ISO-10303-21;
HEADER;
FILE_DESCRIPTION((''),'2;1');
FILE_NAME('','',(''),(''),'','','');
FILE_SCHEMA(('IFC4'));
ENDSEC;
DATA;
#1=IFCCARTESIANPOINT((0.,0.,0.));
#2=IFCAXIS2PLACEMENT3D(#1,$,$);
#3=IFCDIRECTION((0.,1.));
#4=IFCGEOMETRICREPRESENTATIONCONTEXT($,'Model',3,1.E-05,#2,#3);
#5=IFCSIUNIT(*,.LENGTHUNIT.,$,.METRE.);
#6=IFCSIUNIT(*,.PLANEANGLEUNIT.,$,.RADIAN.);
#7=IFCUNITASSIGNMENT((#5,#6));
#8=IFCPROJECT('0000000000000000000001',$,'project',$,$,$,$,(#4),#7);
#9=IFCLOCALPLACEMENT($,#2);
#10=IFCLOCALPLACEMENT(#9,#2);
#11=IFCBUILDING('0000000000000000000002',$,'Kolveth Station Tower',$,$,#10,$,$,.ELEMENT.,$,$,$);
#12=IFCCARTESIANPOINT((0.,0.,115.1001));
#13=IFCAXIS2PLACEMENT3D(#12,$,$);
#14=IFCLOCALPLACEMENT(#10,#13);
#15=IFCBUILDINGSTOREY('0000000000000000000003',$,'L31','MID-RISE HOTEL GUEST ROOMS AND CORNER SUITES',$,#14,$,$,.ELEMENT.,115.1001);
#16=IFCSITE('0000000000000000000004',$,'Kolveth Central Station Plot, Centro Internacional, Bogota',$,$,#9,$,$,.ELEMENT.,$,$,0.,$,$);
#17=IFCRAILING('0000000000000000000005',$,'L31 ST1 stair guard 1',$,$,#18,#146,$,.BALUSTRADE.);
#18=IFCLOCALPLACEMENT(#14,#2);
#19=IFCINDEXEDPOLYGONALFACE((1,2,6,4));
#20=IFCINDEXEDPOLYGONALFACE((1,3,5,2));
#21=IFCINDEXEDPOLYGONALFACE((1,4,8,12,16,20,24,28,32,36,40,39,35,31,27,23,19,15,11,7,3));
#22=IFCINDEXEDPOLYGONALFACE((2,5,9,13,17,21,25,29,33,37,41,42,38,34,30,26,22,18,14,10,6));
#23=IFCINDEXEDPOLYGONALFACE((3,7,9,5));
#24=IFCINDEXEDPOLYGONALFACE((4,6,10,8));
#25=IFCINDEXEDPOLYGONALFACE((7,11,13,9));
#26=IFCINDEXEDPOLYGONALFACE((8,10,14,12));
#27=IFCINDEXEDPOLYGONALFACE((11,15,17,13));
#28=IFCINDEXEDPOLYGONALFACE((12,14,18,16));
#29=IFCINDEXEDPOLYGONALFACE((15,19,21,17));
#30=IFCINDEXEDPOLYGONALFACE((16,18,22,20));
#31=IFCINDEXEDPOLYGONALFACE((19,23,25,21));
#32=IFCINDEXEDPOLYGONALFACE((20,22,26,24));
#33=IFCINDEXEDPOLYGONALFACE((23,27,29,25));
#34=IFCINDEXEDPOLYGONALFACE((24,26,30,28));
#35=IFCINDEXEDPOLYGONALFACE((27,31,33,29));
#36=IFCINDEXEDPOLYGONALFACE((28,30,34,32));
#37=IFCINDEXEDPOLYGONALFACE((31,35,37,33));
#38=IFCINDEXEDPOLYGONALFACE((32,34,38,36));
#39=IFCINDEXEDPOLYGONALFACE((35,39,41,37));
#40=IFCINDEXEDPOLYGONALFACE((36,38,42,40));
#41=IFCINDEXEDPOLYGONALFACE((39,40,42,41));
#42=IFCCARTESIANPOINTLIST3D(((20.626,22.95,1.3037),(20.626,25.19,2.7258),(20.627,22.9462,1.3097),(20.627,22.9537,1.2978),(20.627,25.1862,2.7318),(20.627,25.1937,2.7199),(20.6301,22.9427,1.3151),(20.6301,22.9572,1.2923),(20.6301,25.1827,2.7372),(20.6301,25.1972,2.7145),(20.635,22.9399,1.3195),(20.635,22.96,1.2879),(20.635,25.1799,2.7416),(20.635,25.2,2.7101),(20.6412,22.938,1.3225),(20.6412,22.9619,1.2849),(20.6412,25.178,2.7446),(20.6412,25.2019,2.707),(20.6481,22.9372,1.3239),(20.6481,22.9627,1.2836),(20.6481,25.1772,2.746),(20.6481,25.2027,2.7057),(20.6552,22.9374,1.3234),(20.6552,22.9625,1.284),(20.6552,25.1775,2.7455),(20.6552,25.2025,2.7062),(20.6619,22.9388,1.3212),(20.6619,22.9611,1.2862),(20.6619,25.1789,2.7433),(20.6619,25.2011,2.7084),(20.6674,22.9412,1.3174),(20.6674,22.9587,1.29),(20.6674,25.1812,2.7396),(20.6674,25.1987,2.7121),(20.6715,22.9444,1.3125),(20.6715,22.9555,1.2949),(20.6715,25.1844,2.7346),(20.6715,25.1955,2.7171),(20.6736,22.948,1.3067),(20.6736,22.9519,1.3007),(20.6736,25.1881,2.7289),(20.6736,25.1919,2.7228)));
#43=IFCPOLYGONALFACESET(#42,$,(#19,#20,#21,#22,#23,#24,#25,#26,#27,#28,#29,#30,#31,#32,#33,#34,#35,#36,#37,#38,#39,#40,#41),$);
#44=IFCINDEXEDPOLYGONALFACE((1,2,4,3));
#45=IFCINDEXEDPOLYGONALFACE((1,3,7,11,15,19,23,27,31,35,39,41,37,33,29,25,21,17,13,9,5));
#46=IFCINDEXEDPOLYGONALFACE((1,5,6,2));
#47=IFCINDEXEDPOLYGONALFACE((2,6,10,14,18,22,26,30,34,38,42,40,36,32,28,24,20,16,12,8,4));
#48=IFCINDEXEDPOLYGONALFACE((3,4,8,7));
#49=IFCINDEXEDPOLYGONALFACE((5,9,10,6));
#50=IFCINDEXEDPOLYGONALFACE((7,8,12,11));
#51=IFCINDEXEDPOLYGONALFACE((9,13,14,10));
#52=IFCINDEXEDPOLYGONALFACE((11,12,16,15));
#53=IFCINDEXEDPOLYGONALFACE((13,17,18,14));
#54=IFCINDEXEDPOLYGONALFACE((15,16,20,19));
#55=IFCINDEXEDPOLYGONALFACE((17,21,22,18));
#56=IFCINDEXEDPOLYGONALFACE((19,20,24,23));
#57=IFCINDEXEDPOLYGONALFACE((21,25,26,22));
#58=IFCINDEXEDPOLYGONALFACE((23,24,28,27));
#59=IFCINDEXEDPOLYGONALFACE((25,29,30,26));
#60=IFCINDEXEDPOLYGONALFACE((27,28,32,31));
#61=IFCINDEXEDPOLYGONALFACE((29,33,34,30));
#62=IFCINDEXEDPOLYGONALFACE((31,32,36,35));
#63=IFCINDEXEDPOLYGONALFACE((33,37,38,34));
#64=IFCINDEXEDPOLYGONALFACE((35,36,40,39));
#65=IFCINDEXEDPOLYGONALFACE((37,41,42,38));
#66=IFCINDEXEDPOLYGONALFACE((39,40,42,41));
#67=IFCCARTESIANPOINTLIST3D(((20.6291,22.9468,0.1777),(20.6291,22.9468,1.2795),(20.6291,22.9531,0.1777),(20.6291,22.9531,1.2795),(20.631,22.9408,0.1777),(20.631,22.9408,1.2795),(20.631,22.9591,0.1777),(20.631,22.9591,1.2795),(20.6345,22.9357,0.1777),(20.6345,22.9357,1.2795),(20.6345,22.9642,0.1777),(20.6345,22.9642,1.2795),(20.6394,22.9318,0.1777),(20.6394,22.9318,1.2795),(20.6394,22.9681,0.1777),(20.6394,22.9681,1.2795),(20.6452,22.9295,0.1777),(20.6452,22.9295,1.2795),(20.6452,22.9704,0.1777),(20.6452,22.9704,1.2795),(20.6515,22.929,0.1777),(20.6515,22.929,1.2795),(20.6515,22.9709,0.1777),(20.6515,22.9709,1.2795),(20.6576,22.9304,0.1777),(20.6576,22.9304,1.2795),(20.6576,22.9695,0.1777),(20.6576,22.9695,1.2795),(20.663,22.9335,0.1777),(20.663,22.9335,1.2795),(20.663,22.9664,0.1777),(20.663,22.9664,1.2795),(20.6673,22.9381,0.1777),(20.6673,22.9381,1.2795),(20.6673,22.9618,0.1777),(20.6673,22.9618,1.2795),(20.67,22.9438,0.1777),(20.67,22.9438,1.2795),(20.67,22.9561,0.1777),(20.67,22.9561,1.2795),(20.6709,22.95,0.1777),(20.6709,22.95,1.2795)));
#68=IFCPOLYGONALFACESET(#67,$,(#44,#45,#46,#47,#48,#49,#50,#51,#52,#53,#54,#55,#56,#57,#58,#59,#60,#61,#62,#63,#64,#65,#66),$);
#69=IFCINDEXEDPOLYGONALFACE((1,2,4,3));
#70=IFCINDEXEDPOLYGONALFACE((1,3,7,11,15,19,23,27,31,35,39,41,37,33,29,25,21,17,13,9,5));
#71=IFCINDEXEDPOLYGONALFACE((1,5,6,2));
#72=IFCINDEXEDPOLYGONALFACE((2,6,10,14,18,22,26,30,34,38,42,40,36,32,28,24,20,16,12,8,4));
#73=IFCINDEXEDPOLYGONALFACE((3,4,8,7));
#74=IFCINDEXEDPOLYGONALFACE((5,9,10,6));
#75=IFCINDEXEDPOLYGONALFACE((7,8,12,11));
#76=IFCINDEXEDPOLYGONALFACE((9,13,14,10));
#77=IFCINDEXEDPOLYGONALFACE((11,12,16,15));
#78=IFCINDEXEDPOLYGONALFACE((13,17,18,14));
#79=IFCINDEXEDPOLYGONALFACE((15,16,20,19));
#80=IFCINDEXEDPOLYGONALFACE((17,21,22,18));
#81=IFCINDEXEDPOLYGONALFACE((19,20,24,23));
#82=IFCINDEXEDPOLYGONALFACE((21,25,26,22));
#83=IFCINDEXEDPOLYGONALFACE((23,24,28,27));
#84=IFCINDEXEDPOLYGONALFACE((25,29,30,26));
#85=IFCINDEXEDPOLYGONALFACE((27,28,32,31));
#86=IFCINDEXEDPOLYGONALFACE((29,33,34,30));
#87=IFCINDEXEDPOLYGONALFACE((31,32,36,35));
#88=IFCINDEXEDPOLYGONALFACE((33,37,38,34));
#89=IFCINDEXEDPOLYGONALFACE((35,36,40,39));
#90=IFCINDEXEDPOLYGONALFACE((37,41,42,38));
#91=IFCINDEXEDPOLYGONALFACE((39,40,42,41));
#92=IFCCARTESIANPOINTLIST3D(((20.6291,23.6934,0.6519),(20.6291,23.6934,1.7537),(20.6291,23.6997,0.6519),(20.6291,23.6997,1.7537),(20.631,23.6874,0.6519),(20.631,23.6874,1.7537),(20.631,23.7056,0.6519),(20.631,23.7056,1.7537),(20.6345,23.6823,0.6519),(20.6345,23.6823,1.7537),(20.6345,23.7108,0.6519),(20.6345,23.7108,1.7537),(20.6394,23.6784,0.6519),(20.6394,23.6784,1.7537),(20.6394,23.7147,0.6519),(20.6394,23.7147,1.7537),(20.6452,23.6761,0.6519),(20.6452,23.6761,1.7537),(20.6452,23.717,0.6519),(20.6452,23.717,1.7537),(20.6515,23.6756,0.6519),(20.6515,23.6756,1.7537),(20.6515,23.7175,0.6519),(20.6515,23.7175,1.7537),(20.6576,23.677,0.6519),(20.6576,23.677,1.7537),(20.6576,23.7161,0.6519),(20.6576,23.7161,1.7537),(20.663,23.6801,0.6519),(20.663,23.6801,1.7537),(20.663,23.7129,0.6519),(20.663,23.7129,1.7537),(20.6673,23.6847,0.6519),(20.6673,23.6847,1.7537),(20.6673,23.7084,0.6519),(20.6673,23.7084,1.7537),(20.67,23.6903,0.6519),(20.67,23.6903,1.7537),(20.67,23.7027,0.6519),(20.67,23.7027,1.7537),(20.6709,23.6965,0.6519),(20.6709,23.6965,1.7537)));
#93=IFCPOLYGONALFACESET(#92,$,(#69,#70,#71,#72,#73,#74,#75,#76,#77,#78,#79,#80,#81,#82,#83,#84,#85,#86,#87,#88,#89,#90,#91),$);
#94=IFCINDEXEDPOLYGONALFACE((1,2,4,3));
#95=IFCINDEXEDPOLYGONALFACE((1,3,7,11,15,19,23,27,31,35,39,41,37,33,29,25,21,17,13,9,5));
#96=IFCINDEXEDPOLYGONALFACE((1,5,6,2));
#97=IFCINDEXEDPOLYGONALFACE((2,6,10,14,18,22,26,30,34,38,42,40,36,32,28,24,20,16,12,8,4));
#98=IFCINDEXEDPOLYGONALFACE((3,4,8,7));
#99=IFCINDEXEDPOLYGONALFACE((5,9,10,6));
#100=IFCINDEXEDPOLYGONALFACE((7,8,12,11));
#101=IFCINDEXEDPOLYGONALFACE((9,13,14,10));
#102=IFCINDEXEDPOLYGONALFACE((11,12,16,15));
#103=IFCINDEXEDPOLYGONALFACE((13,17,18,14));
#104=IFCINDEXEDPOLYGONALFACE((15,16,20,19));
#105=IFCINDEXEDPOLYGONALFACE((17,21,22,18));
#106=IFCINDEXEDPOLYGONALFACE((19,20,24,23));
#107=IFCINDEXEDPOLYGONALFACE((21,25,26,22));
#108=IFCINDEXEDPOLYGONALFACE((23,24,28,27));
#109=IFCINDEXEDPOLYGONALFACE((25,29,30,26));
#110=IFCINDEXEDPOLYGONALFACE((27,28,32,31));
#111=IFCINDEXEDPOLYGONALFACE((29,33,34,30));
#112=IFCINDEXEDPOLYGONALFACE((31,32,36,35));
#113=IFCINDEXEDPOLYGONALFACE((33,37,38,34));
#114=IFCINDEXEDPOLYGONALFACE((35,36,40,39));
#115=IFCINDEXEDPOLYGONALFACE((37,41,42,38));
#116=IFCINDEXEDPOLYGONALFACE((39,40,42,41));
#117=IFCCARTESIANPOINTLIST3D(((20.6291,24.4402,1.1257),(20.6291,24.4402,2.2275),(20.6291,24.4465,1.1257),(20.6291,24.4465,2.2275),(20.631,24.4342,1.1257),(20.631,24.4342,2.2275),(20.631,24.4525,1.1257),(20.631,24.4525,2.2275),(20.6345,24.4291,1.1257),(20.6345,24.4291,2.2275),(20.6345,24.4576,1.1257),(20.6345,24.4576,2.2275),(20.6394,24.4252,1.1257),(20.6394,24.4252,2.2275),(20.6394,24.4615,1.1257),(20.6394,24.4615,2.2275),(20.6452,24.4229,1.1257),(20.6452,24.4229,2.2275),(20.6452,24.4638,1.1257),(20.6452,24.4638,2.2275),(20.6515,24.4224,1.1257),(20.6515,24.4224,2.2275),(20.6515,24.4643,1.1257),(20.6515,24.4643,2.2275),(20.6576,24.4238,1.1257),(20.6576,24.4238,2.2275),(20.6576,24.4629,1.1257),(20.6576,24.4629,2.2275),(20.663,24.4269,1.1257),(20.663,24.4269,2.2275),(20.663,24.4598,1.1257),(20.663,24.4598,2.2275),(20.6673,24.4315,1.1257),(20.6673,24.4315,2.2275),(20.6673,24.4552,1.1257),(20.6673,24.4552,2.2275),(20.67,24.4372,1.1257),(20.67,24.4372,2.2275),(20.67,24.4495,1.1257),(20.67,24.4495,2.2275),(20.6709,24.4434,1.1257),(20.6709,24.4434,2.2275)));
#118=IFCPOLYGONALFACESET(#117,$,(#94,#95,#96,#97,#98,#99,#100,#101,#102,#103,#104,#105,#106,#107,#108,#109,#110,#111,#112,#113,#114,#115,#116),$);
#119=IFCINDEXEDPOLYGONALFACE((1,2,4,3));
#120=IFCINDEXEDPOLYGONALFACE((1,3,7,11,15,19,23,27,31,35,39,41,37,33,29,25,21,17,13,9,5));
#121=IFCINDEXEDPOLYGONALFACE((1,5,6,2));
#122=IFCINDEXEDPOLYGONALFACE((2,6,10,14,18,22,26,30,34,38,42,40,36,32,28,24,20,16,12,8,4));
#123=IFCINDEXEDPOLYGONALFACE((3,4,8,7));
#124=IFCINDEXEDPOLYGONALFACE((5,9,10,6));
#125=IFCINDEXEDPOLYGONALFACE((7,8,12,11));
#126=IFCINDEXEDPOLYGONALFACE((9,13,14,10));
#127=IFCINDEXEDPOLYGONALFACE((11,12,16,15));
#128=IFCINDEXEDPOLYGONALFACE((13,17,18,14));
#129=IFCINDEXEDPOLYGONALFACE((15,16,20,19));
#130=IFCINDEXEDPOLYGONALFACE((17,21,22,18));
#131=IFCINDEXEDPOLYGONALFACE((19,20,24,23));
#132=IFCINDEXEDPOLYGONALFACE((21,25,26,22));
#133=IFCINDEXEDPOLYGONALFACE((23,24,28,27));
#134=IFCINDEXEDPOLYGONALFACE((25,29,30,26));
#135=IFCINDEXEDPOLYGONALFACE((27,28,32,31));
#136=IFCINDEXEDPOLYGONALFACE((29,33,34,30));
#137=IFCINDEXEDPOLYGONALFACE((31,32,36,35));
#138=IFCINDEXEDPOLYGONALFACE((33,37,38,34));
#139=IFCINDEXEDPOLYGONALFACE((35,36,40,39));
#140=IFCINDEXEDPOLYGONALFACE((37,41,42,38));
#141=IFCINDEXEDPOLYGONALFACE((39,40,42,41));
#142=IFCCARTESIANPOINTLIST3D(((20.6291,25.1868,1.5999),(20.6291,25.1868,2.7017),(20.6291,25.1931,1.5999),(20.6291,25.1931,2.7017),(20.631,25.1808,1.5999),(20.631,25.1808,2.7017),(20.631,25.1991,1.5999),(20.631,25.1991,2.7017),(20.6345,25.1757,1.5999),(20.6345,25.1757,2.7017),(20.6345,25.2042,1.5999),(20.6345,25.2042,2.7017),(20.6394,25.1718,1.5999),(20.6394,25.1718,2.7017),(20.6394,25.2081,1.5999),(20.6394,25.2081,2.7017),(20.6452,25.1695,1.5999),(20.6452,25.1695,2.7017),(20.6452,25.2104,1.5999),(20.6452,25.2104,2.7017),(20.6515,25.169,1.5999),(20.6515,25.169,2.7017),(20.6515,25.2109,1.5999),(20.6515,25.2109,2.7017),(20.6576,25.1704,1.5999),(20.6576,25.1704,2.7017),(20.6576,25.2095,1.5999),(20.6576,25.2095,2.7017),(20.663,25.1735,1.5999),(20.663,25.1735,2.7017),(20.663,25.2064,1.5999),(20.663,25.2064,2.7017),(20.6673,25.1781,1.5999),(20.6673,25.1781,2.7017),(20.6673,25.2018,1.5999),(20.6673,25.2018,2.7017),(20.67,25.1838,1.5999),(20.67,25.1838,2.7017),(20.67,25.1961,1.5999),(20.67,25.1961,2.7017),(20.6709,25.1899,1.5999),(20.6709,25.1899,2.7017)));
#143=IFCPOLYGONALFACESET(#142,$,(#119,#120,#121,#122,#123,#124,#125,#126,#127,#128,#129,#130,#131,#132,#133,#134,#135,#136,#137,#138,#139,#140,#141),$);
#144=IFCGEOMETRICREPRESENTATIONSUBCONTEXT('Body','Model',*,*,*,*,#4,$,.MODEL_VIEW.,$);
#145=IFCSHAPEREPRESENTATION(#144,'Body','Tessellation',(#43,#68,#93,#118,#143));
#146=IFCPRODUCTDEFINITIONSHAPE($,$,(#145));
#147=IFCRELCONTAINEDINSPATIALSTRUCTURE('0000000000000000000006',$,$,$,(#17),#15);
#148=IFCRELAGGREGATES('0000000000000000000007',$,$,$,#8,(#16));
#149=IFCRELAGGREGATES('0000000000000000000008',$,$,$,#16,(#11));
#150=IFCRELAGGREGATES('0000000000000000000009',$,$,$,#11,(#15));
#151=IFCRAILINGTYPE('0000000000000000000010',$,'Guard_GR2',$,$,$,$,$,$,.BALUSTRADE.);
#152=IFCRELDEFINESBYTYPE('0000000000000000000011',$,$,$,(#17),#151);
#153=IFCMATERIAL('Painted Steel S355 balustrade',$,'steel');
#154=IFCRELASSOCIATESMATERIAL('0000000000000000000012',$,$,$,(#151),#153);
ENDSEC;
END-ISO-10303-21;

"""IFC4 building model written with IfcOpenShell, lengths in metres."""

from ifc_helpers import new_model, si_unit, direction, frame, origin, origin_2d, place, context, subcontext, project, spatial, circle, extrude, material, type_object, element, save


model = new_model("IFC4")

# Units and contexts
model_context = context("Model", 3, precision=1e-05, world=origin(), true_north=direction((0.0, 1.0)))
body_context = subcontext(model_context, "Body", "Model", "MODEL_VIEW")
ifc_project = project(units=[si_unit("LENGTHUNIT", "METRE"), si_unit("PLANEANGLEUNIT", "RADIAN")], contexts=[model_context])

# Site, building, storey
site_placement = place(None, origin())
site = spatial("IfcSite", under=ifc_project, at=site_placement, Name="Kolveth Central Station Plot, Centro Internacional, Bogota", CompositionType="ELEMENT", RefElevation=0.0)
building_placement = place(site_placement, origin())
building = spatial("IfcBuilding", under=site, at=building_placement, Name="Kolveth Station Tower", CompositionType="ELEMENT")
storey_placement = place(building_placement, frame((0.0, 0.0, 115.1001)))
storey = spatial("IfcBuildingStorey", under=building, at=storey_placement, Name="L31", Description="MID-RISE HOTEL GUEST ROOMS AND CORNER SUITES", CompositionType="ELEMENT", Elevation=115.1001)

# Railing
ifc_material_1 = material(Name="Painted Steel S355 balustrade", Category="steel")
railing_type_1 = type_object("IfcRailingType", Name="Guard_GR2", PredefinedType="BALUSTRADE", material=ifc_material_1)
railing_1_placement = place(storey_placement, frame((20.6499, 22.95, 0.1777)))
element("IfcRailing", 1, at=railing_1_placement, inside=storey, type_object=railing_type_1, Name="L31 ST1 stair guard 1", PredefinedType="BALUSTRADE", context=body_context, shape_type="SweptSolid", body=[
    extrude(circle(Radius=0.0239, at=origin_2d()), frame((0.0, 0.0, 1.126), z_axis=(0.0, 0.844229, 0.535982), x_axis=(-1.0, 0.0, 0.0)), (0.0, 0.0, 1.0), 2.6533),
    extrude(circle(Radius=0.021, at=origin_2d()), origin(), (0.0, 0.0, 1.0), 1.1018),
    extrude(circle(Radius=0.021, at=origin_2d()), frame((0.0, 0.7466, 0.4741)), (0.0, 0.0, 1.0), 1.1018),
    extrude(circle(Radius=0.021, at=origin_2d()), frame((0.0, 1.4934, 0.948)), (0.0, 0.0, 1.0), 1.1018),
    extrude(circle(Radius=0.021, at=origin_2d()), frame((0.0, 2.24, 1.4221)), (0.0, 0.0, 1.0), 1.1018),
])

save(model, "model.ifc")
